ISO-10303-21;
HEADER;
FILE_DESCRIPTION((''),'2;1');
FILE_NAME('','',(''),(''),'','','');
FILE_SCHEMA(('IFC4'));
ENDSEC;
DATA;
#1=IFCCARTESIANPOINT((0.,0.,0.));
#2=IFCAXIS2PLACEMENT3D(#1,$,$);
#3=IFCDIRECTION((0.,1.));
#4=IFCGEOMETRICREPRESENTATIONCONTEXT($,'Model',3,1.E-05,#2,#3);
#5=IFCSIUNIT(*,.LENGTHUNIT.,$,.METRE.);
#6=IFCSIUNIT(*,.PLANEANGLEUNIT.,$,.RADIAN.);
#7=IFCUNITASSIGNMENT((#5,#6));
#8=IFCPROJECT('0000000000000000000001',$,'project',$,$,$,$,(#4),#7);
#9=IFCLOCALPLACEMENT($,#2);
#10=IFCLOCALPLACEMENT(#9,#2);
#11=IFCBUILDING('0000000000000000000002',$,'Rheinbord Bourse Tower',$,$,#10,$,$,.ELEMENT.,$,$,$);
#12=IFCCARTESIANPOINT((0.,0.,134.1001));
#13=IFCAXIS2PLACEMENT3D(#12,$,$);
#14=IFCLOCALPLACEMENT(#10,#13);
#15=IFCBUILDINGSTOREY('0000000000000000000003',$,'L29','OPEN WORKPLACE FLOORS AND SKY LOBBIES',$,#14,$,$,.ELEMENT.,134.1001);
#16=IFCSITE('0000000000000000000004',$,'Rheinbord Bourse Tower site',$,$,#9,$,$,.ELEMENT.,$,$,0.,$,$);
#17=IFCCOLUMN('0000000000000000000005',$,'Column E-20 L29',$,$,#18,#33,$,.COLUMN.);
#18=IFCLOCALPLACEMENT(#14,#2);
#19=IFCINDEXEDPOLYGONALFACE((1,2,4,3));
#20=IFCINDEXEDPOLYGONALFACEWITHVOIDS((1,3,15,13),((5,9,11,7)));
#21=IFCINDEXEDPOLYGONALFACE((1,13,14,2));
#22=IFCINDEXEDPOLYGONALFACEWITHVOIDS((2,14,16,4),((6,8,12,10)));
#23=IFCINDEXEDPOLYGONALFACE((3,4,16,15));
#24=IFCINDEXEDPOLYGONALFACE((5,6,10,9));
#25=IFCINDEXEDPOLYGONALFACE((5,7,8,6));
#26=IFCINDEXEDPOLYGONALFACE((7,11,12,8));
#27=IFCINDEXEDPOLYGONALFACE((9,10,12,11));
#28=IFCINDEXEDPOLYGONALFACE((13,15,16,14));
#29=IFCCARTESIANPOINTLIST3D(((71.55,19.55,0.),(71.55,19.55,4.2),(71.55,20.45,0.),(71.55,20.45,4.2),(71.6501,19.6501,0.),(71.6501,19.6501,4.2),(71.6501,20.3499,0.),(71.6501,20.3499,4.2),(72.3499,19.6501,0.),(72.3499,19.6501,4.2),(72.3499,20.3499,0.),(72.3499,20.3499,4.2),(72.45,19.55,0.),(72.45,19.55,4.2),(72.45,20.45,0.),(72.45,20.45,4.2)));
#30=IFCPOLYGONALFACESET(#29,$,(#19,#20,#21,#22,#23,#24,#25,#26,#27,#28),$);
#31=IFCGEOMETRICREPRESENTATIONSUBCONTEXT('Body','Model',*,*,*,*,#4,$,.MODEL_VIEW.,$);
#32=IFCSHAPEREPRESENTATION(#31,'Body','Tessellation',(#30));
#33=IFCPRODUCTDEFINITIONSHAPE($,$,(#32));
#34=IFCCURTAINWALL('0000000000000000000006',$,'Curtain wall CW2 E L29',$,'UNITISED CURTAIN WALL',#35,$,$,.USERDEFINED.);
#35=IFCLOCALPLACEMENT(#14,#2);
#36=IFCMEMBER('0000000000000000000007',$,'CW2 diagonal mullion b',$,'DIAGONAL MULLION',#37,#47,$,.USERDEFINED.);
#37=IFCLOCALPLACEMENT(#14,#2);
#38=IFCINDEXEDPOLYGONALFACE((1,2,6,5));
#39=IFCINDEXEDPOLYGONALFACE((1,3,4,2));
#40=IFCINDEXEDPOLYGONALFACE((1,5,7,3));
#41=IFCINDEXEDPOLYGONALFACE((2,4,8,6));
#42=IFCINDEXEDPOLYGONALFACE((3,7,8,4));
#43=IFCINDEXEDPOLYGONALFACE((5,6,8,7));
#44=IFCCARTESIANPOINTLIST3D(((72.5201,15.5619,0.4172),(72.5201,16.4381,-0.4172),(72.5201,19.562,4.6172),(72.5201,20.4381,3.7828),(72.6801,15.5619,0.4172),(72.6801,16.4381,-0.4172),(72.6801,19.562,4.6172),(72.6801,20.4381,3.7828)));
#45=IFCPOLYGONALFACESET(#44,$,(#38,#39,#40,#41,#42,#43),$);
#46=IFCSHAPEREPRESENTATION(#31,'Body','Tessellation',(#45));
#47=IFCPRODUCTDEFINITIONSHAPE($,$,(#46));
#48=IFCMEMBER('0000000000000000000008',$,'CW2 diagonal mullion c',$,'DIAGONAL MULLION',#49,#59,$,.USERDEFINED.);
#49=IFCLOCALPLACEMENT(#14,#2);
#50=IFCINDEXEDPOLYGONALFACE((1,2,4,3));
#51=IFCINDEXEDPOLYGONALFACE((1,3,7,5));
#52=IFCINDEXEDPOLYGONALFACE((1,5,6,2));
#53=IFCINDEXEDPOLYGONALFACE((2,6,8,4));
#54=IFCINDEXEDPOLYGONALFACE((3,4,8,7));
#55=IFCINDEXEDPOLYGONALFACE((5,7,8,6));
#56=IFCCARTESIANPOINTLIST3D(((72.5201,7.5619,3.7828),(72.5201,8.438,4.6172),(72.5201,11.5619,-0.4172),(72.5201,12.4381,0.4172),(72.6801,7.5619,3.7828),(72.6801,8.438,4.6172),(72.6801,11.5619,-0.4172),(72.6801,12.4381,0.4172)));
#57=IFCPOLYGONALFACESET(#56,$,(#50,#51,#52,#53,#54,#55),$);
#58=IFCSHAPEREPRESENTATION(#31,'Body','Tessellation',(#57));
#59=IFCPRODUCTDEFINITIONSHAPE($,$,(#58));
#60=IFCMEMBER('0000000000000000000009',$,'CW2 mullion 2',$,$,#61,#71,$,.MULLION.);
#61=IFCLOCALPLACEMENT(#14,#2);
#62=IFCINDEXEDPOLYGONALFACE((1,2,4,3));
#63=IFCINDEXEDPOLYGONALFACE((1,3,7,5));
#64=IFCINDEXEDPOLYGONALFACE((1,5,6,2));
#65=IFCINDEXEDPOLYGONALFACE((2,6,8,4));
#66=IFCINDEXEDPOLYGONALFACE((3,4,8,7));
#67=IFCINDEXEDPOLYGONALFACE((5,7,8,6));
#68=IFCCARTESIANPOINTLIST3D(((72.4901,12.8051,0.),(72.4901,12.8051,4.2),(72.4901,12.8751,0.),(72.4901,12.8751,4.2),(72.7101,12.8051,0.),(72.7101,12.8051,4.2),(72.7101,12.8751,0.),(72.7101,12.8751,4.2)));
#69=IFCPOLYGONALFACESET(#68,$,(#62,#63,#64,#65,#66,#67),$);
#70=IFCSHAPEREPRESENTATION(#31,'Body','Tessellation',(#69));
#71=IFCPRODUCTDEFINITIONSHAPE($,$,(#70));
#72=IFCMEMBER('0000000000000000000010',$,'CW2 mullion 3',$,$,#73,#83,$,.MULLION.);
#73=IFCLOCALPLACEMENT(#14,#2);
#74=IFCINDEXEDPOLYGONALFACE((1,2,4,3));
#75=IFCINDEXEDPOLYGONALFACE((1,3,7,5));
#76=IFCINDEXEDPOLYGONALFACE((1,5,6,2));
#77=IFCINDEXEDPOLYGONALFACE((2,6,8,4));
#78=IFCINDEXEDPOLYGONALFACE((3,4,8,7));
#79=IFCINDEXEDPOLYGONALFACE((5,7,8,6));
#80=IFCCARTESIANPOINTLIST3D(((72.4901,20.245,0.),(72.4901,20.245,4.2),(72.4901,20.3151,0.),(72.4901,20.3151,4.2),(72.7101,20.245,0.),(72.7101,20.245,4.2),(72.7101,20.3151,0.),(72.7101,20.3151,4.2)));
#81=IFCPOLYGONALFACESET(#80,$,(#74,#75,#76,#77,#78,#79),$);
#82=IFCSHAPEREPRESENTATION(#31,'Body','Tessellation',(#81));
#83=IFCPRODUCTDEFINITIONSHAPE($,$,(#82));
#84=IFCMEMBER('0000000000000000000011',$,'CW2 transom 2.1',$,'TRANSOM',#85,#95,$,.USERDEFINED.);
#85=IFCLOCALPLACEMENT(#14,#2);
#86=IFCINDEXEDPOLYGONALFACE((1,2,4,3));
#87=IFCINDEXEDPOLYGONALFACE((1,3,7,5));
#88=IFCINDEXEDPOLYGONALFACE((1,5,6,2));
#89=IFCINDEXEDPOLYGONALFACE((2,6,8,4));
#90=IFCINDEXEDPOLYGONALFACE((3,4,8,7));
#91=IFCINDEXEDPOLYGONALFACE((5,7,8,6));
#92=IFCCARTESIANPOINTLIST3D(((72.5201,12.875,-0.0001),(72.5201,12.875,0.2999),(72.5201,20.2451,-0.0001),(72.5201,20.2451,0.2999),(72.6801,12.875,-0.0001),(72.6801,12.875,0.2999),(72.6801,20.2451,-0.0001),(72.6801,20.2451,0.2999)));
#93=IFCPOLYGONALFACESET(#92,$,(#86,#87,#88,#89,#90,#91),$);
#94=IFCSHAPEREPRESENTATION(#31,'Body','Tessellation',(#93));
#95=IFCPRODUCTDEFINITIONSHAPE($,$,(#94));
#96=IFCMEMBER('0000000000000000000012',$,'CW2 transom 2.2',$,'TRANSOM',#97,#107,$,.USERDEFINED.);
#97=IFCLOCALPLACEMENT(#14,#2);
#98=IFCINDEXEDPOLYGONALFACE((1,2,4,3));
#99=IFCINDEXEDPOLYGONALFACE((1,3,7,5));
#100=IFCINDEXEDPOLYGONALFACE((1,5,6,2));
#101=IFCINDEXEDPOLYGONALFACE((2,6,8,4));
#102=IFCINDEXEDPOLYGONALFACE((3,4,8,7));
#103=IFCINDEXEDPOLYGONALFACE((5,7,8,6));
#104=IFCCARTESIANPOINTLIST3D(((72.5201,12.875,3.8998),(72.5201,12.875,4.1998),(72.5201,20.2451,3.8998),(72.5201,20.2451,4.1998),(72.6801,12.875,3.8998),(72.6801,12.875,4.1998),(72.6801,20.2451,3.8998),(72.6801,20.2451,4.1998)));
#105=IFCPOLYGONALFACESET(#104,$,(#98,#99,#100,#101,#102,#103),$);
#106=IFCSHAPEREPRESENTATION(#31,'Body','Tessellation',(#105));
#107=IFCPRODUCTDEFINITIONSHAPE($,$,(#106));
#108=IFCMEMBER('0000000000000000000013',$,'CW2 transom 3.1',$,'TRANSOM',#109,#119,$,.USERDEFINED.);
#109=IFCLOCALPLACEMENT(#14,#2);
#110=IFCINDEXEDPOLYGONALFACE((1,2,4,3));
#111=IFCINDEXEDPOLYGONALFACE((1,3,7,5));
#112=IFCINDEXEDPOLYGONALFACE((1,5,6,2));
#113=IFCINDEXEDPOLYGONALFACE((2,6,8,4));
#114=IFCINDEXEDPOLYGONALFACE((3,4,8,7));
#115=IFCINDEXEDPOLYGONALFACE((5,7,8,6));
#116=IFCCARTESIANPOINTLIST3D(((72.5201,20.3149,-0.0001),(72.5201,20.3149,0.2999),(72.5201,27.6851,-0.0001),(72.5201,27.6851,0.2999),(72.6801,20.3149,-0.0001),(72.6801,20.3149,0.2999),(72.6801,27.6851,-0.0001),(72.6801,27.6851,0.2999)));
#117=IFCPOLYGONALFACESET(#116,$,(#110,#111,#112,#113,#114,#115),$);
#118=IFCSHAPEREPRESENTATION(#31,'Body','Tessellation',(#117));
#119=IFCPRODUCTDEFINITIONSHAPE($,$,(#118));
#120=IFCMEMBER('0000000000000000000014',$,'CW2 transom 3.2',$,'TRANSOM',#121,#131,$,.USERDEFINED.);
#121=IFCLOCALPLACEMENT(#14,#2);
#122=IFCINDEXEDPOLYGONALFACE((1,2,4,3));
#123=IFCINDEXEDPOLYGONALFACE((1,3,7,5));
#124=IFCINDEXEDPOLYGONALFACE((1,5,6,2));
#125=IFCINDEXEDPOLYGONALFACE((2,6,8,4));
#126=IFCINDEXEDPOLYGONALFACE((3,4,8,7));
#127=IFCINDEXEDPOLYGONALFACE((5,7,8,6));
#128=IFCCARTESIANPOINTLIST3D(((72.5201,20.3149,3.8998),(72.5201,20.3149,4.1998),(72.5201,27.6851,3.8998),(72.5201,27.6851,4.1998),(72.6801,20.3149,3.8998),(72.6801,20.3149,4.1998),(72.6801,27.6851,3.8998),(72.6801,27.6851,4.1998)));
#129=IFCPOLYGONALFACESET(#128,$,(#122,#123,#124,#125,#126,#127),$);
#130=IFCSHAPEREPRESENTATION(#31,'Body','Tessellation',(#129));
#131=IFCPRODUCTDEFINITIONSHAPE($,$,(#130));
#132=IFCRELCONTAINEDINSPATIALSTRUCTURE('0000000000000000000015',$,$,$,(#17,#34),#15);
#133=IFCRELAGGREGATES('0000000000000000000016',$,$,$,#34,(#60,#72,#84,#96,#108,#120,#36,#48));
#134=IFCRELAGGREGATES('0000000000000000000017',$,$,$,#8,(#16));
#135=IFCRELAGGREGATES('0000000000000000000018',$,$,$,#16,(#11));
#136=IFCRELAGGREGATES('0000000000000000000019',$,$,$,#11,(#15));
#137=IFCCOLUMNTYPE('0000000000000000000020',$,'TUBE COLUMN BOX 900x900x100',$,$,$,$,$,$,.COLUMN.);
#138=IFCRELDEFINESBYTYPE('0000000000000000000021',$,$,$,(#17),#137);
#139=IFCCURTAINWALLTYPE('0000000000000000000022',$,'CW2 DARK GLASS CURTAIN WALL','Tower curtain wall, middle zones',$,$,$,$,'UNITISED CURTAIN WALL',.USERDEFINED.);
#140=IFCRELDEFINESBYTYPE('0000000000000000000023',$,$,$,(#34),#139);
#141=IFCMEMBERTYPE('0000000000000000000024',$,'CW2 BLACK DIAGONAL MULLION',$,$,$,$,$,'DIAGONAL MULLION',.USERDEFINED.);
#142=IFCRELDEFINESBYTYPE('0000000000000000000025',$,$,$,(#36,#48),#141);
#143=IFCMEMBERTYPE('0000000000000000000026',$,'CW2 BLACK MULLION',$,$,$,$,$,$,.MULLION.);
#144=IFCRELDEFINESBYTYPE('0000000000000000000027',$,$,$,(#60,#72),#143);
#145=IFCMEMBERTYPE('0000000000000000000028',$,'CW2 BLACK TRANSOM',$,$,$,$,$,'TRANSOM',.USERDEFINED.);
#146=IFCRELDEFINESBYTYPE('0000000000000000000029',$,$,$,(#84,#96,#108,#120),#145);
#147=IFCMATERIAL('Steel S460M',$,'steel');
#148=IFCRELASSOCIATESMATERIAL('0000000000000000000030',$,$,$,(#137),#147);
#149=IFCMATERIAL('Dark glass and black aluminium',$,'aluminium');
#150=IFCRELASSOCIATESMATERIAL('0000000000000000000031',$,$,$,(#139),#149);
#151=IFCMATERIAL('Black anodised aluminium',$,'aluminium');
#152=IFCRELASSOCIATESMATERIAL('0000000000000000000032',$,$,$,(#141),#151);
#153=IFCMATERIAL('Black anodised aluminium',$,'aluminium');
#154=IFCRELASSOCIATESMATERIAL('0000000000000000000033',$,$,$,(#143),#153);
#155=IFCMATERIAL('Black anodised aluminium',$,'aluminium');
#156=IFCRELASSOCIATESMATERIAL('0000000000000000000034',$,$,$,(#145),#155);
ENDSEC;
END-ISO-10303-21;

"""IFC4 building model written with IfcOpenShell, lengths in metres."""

from ifc_helpers import new_model, si_unit, direction, frame, origin, origin_2d, place, context, subcontext, project, spatial, rectangle, hollow_rectangle, extrude, material, material_profile, profile_set, type_object, element, aggregate, save


model = new_model("IFC4")

# Units and contexts
model_context = context("Model", 3, precision=1e-05, world=origin(), true_north=direction((0.0, 1.0)))
body_context = subcontext(model_context, "Body", "Model", "MODEL_VIEW")
ifc_project = project(units=[si_unit("LENGTHUNIT", "METRE"), si_unit("PLANEANGLEUNIT", "RADIAN")], contexts=[model_context])

# Site, building, storey
site_placement = place(None, origin())
site = spatial("IfcSite", under=ifc_project, at=site_placement, Name="Rheinbord Bourse Tower site", CompositionType="ELEMENT", RefElevation=0.0)
building_placement = place(site_placement, origin())
building = spatial("IfcBuilding", under=site, at=building_placement, Name="Rheinbord Bourse Tower", CompositionType="ELEMENT")
storey_placement = place(building_placement, frame((0.0, 0.0, 134.1001)))
storey = spatial("IfcBuildingStorey", under=building, at=storey_placement, Name="L29", Description="OPEN WORKPLACE FLOORS AND SKY LOBBIES", CompositionType="ELEMENT", Elevation=134.1001)

# Column
ifc_material_1 = material(Name="Steel S460M", Category="steel")
ifc_material_profile_1 = material_profile(ifc_material_1, hollow_rectangle(XDim=0.8999, YDim=0.8999, WallThickness=0.1001, at=origin_2d()), Name="BOX 900x900x100")
ifc_profile_set_1 = profile_set([ifc_material_profile_1], Name="Steel S460M")
column_type = type_object("IfcColumnType", Name="TUBE COLUMN BOX 900x900x100", PredefinedType="COLUMN", material=ifc_profile_set_1)
column_placement = place(storey_placement, frame((72.0, 20.0, 0.0), z_axis=(0.0, 0.0, 1.0), x_axis=(1.0, 0.0, 0.0)))
element("IfcColumn", 1, at=column_placement, inside=storey, type_object=column_type, Name="Column E-20 L29", PredefinedType="COLUMN", context=body_context, shape_type="SweptSolid", body=[
    extrude(hollow_rectangle(XDim=0.8999, YDim=0.8999, WallThickness=0.1001, at=origin_2d()), origin(), (0.0, 0.0, 1.0), 4.2),
])

# Curtain wall, members
ifc_material_2 = material(Name="Dark glass and black aluminium", Category="aluminium")
curtain_wall_type = type_object("IfcCurtainWallType", Name="CW2 DARK GLASS CURTAIN WALL", Description="Tower curtain wall, middle zones", ElementType="UNITISED CURTAIN WALL", PredefinedType="USERDEFINED", material=ifc_material_2)
curtain_wall_placement = place(storey_placement, origin())
curtain_wall = element("IfcCurtainWall", 2, at=curtain_wall_placement, inside=storey, type_object=curtain_wall_type, Name="Curtain wall CW2 E L29", ObjectType="UNITISED CURTAIN WALL", PredefinedType="USERDEFINED")
ifc_material_3 = material(Name="Black anodised aluminium", Category="aluminium")
ifc_material_profile_2 = material_profile(ifc_material_3, rectangle(XDim=0.1599, YDim=1.21, at=origin_2d()), Name="CW2 DIAGONAL MULLION 1210x160")
ifc_profile_set_2 = profile_set([ifc_material_profile_2], Name="Black anodised aluminium")
member_type_1 = type_object("IfcMemberType", Name="CW2 BLACK DIAGONAL MULLION", ElementType="DIAGONAL MULLION", PredefinedType="USERDEFINED", material=ifc_profile_set_2)
member_1_placement = place(storey_placement, frame((72.6001, 16.0, 0.0), z_axis=(0.0, 0.689659, 0.724134), x_axis=(-1.0, 0.0, 0.0)))
member_1 = element("IfcMember", 3, at=member_1_placement, type_object=member_type_1, Name="CW2 diagonal mullion b", ObjectType="DIAGONAL MULLION", PredefinedType="USERDEFINED", context=body_context, shape_type="SweptSolid", body=[
    extrude(rectangle(XDim=0.1599, YDim=1.21, at=origin_2d()), origin(), (0.0, 0.0, 1.0), 5.8),
])
member_2_placement = place(storey_placement, frame((72.6001, 12.0, 0.0), z_axis=(0.0, -0.689659, 0.724134), x_axis=(1.0, 0.0, 0.0)))
member_2 = element("IfcMember", 4, at=member_2_placement, type_object=member_type_1, Name="CW2 diagonal mullion c", ObjectType="DIAGONAL MULLION", PredefinedType="USERDEFINED", context=body_context, shape_type="SweptSolid", body=[
    extrude(rectangle(XDim=0.1599, YDim=1.21, at=origin_2d()), origin(), (0.0, 0.0, 1.0), 5.8),
])
ifc_material_4 = material(Name="Black anodised aluminium", Category="aluminium")
ifc_material_profile_3 = material_profile(ifc_material_4, rectangle(XDim=0.22, YDim=0.0701, at=origin_2d()), Name="CW2 MULLION 70x220")
ifc_profile_set_3 = profile_set([ifc_material_profile_3], Name="Black anodised aluminium")
member_type_2 = type_object("IfcMemberType", Name="CW2 BLACK MULLION", PredefinedType="MULLION", material=ifc_profile_set_3)
member_3_placement = place(storey_placement, frame((72.6001, 12.8401, 0.0), z_axis=(0.0, 0.0, 1.0), x_axis=(-1.0, 0.0, 0.0)))
member_3 = element("IfcMember", 5, at=member_3_placement, type_object=member_type_2, Name="CW2 mullion 2", PredefinedType="MULLION", context=body_context, shape_type="SweptSolid", body=[
    extrude(rectangle(XDim=0.22, YDim=0.0701, at=origin_2d()), origin(), (0.0, 0.0, 1.0), 4.2),
])
member_4_placement = place(storey_placement, frame((72.6001, 20.28, 0.0), z_axis=(0.0, 0.0, 1.0), x_axis=(-1.0, 0.0, 0.0)))
member_4 = element("IfcMember", 6, at=member_4_placement, type_object=member_type_2, Name="CW2 mullion 3", PredefinedType="MULLION", context=body_context, shape_type="SweptSolid", body=[
    extrude(rectangle(XDim=0.22, YDim=0.0701, at=origin_2d()), origin(), (0.0, 0.0, 1.0), 4.2),
])
ifc_material_5 = material(Name="Black anodised aluminium", Category="aluminium")
ifc_material_profile_4 = material_profile(ifc_material_5, rectangle(XDim=0.1599, YDim=0.3, at=origin_2d()), Name="CW2 TRANSOM 300x160")
ifc_profile_set_4 = profile_set([ifc_material_profile_4], Name="Black anodised aluminium")
member_type_3 = type_object("IfcMemberType", Name="CW2 BLACK TRANSOM", ElementType="TRANSOM", PredefinedType="USERDEFINED", material=ifc_profile_set_4)
member_5_placement = place(storey_placement, frame((72.6001, 12.875, 0.1499), z_axis=(0.0, 1.0, 0.0), x_axis=(-1.0, 0.0, 0.0)))
member_5 = element("IfcMember", 7, at=member_5_placement, type_object=member_type_3, Name="CW2 transom 2.1", ObjectType="TRANSOM", PredefinedType="USERDEFINED", context=body_context, shape_type="SweptSolid", body=[
    extrude(rectangle(XDim=0.1599, YDim=0.3, at=origin_2d()), origin(), (0.0, 0.0, 1.0), 7.3701),
])
member_6_placement = place(storey_placement, frame((72.6001, 12.875, 4.0498), z_axis=(0.0, 1.0, 0.0), x_axis=(-1.0, 0.0, 0.0)))
member_6 = element("IfcMember", 8, at=member_6_placement, type_object=member_type_3, Name="CW2 transom 2.2", ObjectType="TRANSOM", PredefinedType="USERDEFINED", context=body_context, shape_type="SweptSolid", body=[
    extrude(rectangle(XDim=0.1599, YDim=0.3, at=origin_2d()), origin(), (0.0, 0.0, 1.0), 7.3701),
])
member_7_placement = place(storey_placement, frame((72.6001, 20.3149, 0.1499), z_axis=(0.0, 1.0, 0.0), x_axis=(-1.0, 0.0, 0.0)))
member_7 = element("IfcMember", 9, at=member_7_placement, type_object=member_type_3, Name="CW2 transom 3.1", ObjectType="TRANSOM", PredefinedType="USERDEFINED", context=body_context, shape_type="SweptSolid", body=[
    extrude(rectangle(XDim=0.1599, YDim=0.3, at=origin_2d()), origin(), (0.0, 0.0, 1.0), 7.3701),
])
member_8_placement = place(storey_placement, frame((72.6001, 20.3149, 4.0498), z_axis=(0.0, 1.0, 0.0), x_axis=(-1.0, 0.0, 0.0)))
member_8 = element("IfcMember", 10, at=member_8_placement, type_object=member_type_3, Name="CW2 transom 3.2", ObjectType="TRANSOM", PredefinedType="USERDEFINED", context=body_context, shape_type="SweptSolid", body=[
    extrude(rectangle(XDim=0.1599, YDim=0.3, at=origin_2d()), origin(), (0.0, 0.0, 1.0), 7.3701),
])

aggregate(curtain_wall, [member_3, member_4, member_5, member_6, member_7, member_8, member_1, member_2])

save(model, "model.ifc")
